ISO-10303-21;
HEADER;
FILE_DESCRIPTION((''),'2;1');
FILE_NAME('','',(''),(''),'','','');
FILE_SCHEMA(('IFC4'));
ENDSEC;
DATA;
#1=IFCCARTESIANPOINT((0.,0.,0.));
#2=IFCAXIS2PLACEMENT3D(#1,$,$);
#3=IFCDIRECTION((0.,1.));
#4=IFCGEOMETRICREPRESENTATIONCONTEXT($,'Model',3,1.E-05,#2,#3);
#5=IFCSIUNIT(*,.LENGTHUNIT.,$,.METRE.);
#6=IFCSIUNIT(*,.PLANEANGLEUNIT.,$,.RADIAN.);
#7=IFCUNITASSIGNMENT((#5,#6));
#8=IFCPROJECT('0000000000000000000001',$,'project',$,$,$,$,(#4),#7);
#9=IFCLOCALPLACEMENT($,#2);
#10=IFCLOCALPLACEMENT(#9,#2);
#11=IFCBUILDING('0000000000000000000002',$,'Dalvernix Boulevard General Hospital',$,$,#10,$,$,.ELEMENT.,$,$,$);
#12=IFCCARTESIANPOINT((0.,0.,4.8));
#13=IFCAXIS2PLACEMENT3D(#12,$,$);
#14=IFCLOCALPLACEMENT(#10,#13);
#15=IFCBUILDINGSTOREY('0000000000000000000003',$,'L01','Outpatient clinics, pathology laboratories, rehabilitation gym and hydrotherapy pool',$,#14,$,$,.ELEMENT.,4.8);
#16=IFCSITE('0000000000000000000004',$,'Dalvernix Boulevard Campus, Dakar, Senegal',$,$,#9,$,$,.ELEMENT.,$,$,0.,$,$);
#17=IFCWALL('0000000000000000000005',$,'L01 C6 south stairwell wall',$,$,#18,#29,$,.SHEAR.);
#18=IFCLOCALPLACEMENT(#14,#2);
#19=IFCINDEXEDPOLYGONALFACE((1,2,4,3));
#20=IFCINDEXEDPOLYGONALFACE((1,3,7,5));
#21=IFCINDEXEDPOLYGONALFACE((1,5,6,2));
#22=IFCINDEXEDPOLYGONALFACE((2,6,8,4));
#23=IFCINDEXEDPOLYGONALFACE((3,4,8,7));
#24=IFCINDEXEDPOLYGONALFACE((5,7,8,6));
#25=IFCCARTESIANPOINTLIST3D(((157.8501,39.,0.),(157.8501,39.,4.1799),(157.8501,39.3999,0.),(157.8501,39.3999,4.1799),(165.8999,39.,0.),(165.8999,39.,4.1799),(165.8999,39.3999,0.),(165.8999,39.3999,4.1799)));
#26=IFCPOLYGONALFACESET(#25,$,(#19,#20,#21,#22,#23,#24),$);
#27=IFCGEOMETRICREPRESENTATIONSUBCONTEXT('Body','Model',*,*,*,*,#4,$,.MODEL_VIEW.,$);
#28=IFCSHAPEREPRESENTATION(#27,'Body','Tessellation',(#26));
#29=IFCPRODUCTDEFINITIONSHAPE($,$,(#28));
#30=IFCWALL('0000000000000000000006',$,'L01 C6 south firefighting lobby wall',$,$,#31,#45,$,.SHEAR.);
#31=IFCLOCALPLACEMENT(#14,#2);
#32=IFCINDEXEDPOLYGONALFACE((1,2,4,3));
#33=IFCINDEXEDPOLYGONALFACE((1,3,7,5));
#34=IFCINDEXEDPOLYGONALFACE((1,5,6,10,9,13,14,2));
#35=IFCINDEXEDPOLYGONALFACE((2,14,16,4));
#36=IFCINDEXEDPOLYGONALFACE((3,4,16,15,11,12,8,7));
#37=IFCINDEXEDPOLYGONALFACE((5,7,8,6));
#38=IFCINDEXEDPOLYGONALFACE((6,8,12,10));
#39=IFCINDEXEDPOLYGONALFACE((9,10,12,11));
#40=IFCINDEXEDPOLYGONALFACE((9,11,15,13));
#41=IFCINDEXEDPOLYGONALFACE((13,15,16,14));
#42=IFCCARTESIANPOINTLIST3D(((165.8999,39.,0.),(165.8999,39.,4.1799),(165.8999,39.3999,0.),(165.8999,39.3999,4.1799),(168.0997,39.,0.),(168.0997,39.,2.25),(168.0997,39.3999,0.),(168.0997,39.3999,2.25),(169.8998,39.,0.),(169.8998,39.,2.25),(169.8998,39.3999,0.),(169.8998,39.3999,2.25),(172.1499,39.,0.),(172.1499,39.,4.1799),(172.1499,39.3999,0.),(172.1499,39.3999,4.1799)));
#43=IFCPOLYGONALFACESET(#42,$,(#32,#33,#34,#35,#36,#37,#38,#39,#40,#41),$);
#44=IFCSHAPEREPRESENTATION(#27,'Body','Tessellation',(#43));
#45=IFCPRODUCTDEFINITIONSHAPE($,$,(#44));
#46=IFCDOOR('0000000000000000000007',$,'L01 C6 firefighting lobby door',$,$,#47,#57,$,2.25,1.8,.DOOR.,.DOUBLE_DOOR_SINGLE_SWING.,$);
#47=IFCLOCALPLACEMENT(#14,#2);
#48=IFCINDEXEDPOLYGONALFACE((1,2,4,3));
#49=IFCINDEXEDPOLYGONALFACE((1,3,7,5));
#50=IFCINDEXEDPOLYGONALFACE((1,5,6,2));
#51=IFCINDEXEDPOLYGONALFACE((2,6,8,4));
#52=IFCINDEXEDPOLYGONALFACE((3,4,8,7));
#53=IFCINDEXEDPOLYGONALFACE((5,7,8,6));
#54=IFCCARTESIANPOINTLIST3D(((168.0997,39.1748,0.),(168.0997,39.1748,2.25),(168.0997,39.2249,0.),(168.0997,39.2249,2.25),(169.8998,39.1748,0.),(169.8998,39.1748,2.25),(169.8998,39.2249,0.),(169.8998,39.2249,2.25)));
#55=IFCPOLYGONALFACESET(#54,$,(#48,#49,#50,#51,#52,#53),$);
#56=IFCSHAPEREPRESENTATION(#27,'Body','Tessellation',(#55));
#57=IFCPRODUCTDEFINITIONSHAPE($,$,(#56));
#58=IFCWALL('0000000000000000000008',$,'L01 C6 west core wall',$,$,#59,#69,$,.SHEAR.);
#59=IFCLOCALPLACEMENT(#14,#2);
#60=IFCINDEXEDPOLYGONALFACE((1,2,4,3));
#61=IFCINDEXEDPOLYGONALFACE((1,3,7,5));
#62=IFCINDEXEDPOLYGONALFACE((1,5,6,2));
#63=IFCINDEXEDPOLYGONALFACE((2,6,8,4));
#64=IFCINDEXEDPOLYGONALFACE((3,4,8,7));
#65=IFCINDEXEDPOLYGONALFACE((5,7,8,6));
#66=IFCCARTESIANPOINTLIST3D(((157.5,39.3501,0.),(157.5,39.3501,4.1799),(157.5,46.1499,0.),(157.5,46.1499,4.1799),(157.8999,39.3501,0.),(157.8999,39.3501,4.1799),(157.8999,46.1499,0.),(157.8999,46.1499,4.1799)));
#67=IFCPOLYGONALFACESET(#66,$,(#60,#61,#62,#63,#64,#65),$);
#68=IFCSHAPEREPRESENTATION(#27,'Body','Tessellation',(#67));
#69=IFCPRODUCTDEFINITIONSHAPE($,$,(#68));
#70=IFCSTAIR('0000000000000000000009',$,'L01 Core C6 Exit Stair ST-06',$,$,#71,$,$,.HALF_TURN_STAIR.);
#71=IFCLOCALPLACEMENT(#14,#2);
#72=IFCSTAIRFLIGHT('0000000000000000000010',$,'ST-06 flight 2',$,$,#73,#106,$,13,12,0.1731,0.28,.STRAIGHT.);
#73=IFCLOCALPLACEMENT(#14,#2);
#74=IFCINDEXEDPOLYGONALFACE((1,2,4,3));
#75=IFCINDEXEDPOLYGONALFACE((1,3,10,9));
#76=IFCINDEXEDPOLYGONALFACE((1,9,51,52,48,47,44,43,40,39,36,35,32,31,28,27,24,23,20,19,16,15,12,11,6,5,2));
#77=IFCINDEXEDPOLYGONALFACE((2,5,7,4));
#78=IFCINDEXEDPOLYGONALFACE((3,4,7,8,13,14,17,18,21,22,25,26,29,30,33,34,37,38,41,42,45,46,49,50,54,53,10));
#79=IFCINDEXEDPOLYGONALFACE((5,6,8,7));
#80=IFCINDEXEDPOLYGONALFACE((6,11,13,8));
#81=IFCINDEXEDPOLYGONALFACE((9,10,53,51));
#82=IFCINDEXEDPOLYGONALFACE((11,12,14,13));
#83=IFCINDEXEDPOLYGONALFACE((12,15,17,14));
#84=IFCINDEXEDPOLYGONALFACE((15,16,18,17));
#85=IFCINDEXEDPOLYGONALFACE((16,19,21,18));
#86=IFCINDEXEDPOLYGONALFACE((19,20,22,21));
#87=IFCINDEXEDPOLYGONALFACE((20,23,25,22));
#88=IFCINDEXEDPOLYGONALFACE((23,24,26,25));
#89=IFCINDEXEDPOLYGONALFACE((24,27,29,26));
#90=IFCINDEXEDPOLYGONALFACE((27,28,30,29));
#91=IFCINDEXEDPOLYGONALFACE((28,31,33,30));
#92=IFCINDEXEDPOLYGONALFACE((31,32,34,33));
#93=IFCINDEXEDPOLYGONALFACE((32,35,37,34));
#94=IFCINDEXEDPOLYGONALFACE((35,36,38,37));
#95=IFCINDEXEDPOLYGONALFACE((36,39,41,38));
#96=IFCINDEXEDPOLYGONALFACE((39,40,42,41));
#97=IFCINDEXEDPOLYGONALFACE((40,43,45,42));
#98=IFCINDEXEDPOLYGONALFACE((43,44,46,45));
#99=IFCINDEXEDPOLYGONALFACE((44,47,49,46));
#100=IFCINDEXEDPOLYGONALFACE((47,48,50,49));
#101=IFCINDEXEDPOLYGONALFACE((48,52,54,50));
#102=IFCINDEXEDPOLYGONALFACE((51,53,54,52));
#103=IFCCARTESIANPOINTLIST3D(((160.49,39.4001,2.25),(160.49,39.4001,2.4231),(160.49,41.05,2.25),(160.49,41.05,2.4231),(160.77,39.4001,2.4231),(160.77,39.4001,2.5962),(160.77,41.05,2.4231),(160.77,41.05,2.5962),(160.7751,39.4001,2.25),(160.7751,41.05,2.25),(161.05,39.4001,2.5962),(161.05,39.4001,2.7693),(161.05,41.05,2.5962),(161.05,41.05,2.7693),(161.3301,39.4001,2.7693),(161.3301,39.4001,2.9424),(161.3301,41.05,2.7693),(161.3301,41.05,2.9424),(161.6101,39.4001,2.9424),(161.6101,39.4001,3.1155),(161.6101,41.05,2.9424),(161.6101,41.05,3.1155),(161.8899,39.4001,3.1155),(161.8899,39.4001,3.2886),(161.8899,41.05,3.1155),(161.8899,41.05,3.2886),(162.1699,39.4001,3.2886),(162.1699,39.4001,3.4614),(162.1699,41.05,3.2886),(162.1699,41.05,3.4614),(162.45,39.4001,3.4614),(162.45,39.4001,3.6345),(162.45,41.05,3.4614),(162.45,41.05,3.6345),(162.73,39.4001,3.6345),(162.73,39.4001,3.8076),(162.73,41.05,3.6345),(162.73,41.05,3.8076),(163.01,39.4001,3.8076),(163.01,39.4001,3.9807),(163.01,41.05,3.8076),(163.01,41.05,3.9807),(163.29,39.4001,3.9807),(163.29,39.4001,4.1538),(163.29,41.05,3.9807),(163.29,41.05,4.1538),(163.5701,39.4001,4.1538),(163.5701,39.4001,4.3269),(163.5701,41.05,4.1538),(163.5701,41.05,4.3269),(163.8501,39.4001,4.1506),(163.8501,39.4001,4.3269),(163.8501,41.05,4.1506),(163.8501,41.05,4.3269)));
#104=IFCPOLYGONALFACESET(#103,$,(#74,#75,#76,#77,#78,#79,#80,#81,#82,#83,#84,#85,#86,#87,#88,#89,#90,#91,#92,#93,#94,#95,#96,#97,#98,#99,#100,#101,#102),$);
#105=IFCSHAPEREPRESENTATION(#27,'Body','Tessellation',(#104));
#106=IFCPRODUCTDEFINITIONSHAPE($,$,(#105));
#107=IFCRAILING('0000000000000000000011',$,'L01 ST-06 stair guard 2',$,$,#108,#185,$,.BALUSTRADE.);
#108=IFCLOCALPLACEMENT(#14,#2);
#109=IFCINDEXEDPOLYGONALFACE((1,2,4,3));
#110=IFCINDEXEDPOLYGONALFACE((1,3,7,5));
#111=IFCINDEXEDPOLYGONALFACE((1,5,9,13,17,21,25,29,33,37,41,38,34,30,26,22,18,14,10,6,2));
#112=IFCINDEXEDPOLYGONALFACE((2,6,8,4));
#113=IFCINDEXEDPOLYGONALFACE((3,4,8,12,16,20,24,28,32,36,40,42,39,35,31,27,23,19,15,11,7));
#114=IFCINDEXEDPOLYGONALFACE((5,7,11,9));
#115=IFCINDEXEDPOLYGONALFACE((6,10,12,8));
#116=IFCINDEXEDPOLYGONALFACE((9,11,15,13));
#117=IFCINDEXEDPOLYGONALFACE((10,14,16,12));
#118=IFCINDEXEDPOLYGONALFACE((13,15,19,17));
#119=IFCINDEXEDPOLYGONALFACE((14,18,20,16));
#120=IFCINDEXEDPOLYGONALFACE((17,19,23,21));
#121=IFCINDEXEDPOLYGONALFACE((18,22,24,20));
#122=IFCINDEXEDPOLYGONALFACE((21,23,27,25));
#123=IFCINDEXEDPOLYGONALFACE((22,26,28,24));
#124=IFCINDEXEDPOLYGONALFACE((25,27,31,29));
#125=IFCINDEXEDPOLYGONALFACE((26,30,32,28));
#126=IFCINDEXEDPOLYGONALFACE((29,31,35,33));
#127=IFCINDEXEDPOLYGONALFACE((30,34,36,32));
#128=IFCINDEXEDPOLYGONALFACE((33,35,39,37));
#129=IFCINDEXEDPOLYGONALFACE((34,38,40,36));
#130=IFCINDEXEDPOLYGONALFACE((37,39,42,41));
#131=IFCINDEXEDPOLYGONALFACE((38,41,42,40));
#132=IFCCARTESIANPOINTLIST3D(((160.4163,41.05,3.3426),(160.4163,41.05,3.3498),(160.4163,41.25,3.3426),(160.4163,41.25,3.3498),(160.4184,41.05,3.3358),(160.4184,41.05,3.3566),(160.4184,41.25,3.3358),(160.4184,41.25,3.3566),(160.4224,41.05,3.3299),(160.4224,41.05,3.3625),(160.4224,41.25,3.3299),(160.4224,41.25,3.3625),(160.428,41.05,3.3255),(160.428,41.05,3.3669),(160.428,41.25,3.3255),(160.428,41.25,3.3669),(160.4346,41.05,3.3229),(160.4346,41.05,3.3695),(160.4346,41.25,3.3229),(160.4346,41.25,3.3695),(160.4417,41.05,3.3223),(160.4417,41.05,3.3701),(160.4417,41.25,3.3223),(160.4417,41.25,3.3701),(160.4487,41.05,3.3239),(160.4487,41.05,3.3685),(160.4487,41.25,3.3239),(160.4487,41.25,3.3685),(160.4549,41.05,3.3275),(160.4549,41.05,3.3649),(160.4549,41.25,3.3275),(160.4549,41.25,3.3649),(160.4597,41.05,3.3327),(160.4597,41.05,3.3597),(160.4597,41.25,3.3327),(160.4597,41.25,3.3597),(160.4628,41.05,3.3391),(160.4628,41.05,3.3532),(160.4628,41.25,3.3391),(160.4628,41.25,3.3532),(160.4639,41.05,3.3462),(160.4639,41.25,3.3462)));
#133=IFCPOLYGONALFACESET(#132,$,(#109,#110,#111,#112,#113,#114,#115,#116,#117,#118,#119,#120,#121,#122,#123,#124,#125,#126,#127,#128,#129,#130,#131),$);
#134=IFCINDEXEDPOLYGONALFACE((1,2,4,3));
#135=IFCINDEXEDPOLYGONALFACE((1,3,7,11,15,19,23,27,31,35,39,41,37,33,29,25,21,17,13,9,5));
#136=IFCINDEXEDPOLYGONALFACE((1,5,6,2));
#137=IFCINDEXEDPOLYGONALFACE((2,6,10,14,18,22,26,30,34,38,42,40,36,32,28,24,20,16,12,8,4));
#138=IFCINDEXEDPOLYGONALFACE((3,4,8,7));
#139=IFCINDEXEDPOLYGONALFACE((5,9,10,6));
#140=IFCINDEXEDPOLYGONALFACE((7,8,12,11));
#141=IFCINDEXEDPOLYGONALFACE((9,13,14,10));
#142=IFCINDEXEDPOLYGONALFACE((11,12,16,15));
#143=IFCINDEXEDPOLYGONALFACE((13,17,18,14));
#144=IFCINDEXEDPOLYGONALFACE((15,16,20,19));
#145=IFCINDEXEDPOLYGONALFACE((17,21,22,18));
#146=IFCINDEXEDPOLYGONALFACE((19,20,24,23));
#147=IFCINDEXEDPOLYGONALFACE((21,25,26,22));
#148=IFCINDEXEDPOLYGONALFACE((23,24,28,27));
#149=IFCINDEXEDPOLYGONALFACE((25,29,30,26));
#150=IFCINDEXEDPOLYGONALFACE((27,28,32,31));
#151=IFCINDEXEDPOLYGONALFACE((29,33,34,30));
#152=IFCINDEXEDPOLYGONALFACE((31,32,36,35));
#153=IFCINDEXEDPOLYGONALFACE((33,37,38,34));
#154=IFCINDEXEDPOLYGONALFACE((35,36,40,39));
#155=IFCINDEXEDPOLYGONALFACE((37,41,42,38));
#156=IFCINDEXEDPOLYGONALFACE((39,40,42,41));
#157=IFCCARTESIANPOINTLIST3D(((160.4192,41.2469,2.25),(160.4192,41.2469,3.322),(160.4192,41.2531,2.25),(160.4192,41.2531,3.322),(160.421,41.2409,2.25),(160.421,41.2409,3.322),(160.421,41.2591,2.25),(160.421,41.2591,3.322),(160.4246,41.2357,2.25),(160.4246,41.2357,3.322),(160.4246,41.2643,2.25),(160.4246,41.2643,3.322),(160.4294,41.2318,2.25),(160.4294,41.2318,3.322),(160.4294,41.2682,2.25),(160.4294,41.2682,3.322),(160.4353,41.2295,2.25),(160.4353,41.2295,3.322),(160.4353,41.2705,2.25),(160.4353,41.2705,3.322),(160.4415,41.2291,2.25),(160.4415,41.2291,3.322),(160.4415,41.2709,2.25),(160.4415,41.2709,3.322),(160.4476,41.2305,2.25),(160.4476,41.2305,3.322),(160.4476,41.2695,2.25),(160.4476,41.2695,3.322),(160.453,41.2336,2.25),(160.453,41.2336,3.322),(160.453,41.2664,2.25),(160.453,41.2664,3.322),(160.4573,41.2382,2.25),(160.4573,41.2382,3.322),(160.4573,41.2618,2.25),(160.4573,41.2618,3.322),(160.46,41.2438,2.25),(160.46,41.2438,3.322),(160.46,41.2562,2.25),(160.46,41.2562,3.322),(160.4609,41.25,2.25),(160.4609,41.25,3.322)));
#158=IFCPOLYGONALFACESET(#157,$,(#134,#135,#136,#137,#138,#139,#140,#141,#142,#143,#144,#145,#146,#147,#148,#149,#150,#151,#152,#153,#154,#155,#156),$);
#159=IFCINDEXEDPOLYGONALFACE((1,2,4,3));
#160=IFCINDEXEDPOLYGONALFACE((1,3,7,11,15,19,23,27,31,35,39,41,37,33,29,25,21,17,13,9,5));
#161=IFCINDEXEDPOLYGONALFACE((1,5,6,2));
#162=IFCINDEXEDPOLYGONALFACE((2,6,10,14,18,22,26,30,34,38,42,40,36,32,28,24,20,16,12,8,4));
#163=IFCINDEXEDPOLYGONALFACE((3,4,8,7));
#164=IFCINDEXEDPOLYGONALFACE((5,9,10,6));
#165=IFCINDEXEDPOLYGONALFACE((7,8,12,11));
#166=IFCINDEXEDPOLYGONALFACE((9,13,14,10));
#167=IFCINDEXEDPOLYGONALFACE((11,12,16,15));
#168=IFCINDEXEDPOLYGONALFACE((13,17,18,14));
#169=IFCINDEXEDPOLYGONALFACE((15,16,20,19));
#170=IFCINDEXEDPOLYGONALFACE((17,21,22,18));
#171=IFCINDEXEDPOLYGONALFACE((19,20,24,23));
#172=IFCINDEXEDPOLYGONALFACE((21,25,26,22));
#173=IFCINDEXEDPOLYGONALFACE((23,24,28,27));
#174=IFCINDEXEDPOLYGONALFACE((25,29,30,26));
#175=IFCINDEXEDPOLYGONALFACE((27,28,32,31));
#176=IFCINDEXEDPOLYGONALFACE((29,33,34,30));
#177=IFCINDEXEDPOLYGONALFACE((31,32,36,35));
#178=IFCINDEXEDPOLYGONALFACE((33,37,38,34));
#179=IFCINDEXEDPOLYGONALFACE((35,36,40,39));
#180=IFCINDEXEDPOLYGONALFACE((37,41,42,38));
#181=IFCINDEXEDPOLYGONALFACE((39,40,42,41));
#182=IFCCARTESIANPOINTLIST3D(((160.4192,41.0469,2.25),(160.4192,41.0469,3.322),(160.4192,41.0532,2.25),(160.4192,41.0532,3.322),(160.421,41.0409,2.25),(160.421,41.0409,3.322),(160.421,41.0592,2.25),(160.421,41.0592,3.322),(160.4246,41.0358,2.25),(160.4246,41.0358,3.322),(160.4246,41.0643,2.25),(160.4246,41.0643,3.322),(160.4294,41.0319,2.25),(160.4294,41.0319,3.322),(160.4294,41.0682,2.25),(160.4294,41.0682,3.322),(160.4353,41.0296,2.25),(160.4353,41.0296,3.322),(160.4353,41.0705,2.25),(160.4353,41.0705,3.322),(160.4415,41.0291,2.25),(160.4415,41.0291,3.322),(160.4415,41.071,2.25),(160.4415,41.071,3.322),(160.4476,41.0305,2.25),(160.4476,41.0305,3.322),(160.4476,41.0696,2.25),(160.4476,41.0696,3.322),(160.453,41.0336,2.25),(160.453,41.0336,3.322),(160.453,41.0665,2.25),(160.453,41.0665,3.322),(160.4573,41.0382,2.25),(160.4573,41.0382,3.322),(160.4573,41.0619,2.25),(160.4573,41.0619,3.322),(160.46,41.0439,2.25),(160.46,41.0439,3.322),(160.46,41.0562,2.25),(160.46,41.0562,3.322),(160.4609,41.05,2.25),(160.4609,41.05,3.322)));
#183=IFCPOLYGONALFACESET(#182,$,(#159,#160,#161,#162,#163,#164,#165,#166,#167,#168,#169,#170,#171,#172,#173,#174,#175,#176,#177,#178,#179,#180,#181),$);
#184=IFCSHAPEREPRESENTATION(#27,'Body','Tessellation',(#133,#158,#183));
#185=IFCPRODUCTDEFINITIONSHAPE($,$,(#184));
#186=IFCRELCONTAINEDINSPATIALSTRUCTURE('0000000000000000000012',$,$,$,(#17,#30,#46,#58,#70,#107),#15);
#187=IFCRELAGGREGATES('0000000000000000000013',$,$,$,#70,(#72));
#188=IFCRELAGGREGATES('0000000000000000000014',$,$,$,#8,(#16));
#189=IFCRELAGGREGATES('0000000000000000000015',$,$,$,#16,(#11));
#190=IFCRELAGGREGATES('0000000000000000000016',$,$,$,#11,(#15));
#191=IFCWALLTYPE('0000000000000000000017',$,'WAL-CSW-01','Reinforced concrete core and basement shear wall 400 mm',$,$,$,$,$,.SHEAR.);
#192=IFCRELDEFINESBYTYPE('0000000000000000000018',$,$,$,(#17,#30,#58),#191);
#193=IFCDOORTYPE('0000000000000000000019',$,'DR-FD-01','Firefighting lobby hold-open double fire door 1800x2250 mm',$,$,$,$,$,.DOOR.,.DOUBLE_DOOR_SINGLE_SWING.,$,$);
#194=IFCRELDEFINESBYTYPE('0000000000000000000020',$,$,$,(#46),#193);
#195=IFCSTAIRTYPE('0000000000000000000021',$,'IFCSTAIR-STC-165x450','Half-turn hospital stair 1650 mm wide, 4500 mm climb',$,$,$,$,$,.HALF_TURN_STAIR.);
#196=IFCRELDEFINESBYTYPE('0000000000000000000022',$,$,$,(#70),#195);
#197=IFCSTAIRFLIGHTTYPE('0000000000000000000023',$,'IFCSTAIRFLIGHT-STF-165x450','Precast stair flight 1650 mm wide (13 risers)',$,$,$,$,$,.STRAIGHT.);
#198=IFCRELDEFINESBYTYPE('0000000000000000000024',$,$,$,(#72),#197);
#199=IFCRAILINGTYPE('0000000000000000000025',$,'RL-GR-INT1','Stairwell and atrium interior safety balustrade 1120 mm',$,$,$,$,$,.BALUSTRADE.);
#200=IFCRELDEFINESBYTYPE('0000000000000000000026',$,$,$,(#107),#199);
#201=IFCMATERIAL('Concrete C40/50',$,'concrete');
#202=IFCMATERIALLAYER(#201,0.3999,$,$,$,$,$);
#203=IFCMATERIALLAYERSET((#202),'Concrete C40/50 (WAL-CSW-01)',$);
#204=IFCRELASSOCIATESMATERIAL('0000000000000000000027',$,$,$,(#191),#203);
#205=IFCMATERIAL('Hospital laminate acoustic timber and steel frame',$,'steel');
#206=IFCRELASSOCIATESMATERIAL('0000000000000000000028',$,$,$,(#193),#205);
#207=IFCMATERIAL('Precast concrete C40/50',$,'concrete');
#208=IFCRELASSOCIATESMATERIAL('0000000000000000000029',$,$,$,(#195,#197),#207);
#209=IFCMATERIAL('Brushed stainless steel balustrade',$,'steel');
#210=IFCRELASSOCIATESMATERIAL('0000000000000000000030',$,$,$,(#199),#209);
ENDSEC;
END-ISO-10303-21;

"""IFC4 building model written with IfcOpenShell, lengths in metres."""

from ifc_helpers import new_model, si_unit, direction, frame, frame_2d, origin, origin_2d, place, context, subcontext, project, spatial, polyline, rectangle, circle, outline, extrude, material, layer, layer_set, type_object, element, fill, aggregate, save


model = new_model("IFC4")

# Units and contexts
model_context = context("Model", 3, precision=1e-05, world=origin(), true_north=direction((0.0, 1.0)))
body_context = subcontext(model_context, "Body", "Model", "MODEL_VIEW")
ifc_project = project(units=[si_unit("LENGTHUNIT", "METRE"), si_unit("PLANEANGLEUNIT", "RADIAN")], contexts=[model_context])

# Site, building, storey
site_placement = place(None, origin())
site = spatial("IfcSite", under=ifc_project, at=site_placement, Name="Dalvernix Boulevard Campus, Dakar, Senegal", CompositionType="ELEMENT", RefElevation=0.0)
building_placement = place(site_placement, origin())
building = spatial("IfcBuilding", under=site, at=building_placement, Name="Dalvernix Boulevard General Hospital", CompositionType="ELEMENT")
storey_placement = place(building_placement, frame((0.0, 0.0, 4.8)))
storey = spatial("IfcBuildingStorey", under=building, at=storey_placement, Name="L01", Description="Outpatient clinics, pathology laboratories, rehabilitation gym and hydrotherapy pool", CompositionType="ELEMENT", Elevation=4.8)

# Shared definitions
ifc_material_1 = material(Name="Concrete C40/50", Category="concrete")

# Wall
ifc_layer_1 = layer(ifc_material_1, 0.3999)
ifc_layer_set_1 = layer_set([ifc_layer_1], Name="Concrete C40/50 (WAL-CSW-01)")
wall_type = type_object("IfcWallType", Name="WAL-CSW-01", Description="Reinforced concrete core and basement shear wall 400 mm", PredefinedType="SHEAR", material=ifc_layer_set_1)
wall_1_placement = place(storey_placement, frame((157.8501, 39.2, 0.0), z_axis=(0.0, 0.0, 1.0), x_axis=(1.0, 0.0, 0.0)))
element("IfcWall", 1, at=wall_1_placement, inside=storey, type_object=wall_type, Name="L01 C6 south stairwell wall", PredefinedType="SHEAR", context=body_context, shape_type="SweptSolid", body=[
    extrude(rectangle(XDim=8.0498, YDim=0.3999, at=frame_2d((4.0249, 0.0))), origin(), (0.0, 0.0, 1.0), 4.1799),
])

# Wall, opening, door
wall_2_placement = place(storey_placement, frame((165.8999, 39.2, 0.0), z_axis=(0.0, 0.0, 1.0), x_axis=(1.0, 0.0, 0.0)))
wall_2 = element("IfcWall", 2, at=wall_2_placement, inside=storey, type_object=wall_type, Name="L01 C6 south firefighting lobby wall", PredefinedType="SHEAR", context=body_context, shape_type="SweptSolid", body=[
    extrude(rectangle(XDim=6.25, YDim=0.3999, at=frame_2d((3.125, 0.0))), origin(), (0.0, 0.0, 1.0), 4.1799),
])
opening_placement = place(wall_2_placement, frame((2.2, 0.0, 0.0)))
opening = element("IfcOpeningElement", 3, at=opening_placement, cuts=wall_2, PredefinedType="OPENING", context=body_context, shape_type="SweptSolid", body=[
    extrude(rectangle(XDim=1.8, YDim=2.25, at=frame_2d((0.8999, 1.125))), frame((0.0, 0.21, 0.0), z_axis=(0.0, -1.0, 0.0), x_axis=(1.0, 0.0, 0.0)), (0.0, 0.0, 1.0), 0.4199),
])
ifc_material_2 = material(Name="Hospital laminate acoustic timber and steel frame", Category="steel")
door_type = type_object("IfcDoorType", Name="DR-FD-01", Description="Firefighting lobby hold-open double fire door 1800x2250 mm", OperationType="DOUBLE_DOOR_SINGLE_SWING", PredefinedType="DOOR", material=ifc_material_2)
door_placement = place(opening_placement, origin())
door = element("IfcDoor", 4, at=door_placement, inside=storey, type_object=door_type, Name="L01 C6 firefighting lobby door", OperationType="DOUBLE_DOOR_SINGLE_SWING", OverallHeight=2.25, OverallWidth=1.8, PredefinedType="DOOR", context=body_context, shape_type="SweptSolid", body=[
    extrude(rectangle(XDim=1.8, YDim=2.25, at=frame_2d((0.8999, 1.125))), frame((0.0, 0.0249, 0.0), z_axis=(0.0, -1.0, 0.0), x_axis=(1.0, 0.0, 0.0)), (0.0, 0.0, 1.0), 0.05),
])
fill(opening, door)

# Wall
wall_3_placement = place(storey_placement, frame((157.7, 39.3501, 0.0), z_axis=(0.0, 0.0, 1.0), x_axis=(0.0, 1.0, 0.0)))
element("IfcWall", 5, at=wall_3_placement, inside=storey, type_object=wall_type, Name="L01 C6 west core wall", PredefinedType="SHEAR", context=body_context, shape_type="SweptSolid", body=[
    extrude(rectangle(XDim=6.7998, YDim=0.3999, at=frame_2d((3.3999, 0.0))), origin(), (0.0, 0.0, 1.0), 4.1799),
])

# Stair, stair flight
ifc_material_3 = material(Name="Precast concrete C40/50", Category="concrete")
stair_type = type_object("IfcStairType", Name="IFCSTAIR-STC-165x450", Description="Half-turn hospital stair 1650 mm wide, 4500 mm climb", PredefinedType="HALF_TURN_STAIR", material=ifc_material_3)
stair_placement = place(storey_placement, origin())
stair = element("IfcStair", 6, at=stair_placement, inside=storey, type_object=stair_type, Name="L01 Core C6 Exit Stair ST-06", PredefinedType="HALF_TURN_STAIR")
stair_flight_type = type_object("IfcStairFlightType", Name="IFCSTAIRFLIGHT-STF-165x450", Description="Precast stair flight 1650 mm wide (13 risers)", PredefinedType="STRAIGHT", material=ifc_material_3)
stair_flight_placement = place(storey_placement, frame((160.49, 40.2251, 2.25), z_axis=(0.0, 0.0, 1.0), x_axis=(1.0, 0.0, 0.0)))
stair_flight = element("IfcStairFlight", 7, at=stair_flight_placement, type_object=stair_flight_type, Name="ST-06 flight 2", NumberOfRisers=13, NumberOfTreads=12, PredefinedType="STRAIGHT", RiserHeight=0.1731, TreadLength=0.28, context=body_context, shape_type="SweptSolid", body=[
    extrude(outline(polyline([(0.0, 0.0), (0.0, 0.1731), (0.28, 0.1731), (0.28, 0.3462), (0.5601, 0.3462), (0.5601, 0.5193), (0.8401, 0.5193), (0.8401, 0.6924), (1.1201, 0.6924), (1.1201, 0.8655), (1.3999, 0.8655), (1.3999, 1.0386), (1.6799, 1.0386), (1.6799, 1.2114), (1.96, 1.2114), (1.96, 1.3845), (2.24, 1.3845), (2.24, 1.5576), (2.52, 1.5576), (2.52, 1.7307), (2.8, 1.7307), (2.8, 1.9038), (3.0801, 1.9038), (3.0801, 2.0769), (3.3601, 2.0769), (3.3601, 2.25), (3.3601, 1.9006), (0.2852, 0.0), (0.0, 0.0)])), frame((0.0, 0.825, 0.0), z_axis=(0.0, -1.0, 0.0), x_axis=(1.0, 0.0, 0.0)), (0.0, 0.0, 1.0), 1.6499),
])
aggregate(stair, [stair_flight])

# Railing
ifc_material_4 = material(Name="Brushed stainless steel balustrade", Category="steel")
railing_type_1 = type_object("IfcRailingType", Name="RL-GR-INT1", Description="Stairwell and atrium interior safety balustrade 1120 mm", PredefinedType="BALUSTRADE", material=ifc_material_4)
railing_1_placement = place(storey_placement, frame((160.4399, 41.25, 2.25)))
element("IfcRailing", 8, at=railing_1_placement, inside=storey, type_object=railing_type_1, Name="L01 ST-06 stair guard 2", PredefinedType="BALUSTRADE", context=body_context, shape_type="SweptSolid", body=[
    extrude(circle(Radius=0.0239, at=origin_2d()), frame((0.0, 0.0, 1.0962), z_axis=(0.0, -1.0, 0.0), x_axis=(1.0, 0.0, 0.0)), (0.0, 0.0, 1.0), 0.2),
    extrude(circle(Radius=0.021, at=origin_2d()), origin(), (0.0, 0.0, 1.0), 1.072),
    extrude(circle(Radius=0.021, at=origin_2d()), frame((0.0, -0.2, 0.0)), (0.0, 0.0, 1.0), 1.072),
])

save(model, "model.ifc")
